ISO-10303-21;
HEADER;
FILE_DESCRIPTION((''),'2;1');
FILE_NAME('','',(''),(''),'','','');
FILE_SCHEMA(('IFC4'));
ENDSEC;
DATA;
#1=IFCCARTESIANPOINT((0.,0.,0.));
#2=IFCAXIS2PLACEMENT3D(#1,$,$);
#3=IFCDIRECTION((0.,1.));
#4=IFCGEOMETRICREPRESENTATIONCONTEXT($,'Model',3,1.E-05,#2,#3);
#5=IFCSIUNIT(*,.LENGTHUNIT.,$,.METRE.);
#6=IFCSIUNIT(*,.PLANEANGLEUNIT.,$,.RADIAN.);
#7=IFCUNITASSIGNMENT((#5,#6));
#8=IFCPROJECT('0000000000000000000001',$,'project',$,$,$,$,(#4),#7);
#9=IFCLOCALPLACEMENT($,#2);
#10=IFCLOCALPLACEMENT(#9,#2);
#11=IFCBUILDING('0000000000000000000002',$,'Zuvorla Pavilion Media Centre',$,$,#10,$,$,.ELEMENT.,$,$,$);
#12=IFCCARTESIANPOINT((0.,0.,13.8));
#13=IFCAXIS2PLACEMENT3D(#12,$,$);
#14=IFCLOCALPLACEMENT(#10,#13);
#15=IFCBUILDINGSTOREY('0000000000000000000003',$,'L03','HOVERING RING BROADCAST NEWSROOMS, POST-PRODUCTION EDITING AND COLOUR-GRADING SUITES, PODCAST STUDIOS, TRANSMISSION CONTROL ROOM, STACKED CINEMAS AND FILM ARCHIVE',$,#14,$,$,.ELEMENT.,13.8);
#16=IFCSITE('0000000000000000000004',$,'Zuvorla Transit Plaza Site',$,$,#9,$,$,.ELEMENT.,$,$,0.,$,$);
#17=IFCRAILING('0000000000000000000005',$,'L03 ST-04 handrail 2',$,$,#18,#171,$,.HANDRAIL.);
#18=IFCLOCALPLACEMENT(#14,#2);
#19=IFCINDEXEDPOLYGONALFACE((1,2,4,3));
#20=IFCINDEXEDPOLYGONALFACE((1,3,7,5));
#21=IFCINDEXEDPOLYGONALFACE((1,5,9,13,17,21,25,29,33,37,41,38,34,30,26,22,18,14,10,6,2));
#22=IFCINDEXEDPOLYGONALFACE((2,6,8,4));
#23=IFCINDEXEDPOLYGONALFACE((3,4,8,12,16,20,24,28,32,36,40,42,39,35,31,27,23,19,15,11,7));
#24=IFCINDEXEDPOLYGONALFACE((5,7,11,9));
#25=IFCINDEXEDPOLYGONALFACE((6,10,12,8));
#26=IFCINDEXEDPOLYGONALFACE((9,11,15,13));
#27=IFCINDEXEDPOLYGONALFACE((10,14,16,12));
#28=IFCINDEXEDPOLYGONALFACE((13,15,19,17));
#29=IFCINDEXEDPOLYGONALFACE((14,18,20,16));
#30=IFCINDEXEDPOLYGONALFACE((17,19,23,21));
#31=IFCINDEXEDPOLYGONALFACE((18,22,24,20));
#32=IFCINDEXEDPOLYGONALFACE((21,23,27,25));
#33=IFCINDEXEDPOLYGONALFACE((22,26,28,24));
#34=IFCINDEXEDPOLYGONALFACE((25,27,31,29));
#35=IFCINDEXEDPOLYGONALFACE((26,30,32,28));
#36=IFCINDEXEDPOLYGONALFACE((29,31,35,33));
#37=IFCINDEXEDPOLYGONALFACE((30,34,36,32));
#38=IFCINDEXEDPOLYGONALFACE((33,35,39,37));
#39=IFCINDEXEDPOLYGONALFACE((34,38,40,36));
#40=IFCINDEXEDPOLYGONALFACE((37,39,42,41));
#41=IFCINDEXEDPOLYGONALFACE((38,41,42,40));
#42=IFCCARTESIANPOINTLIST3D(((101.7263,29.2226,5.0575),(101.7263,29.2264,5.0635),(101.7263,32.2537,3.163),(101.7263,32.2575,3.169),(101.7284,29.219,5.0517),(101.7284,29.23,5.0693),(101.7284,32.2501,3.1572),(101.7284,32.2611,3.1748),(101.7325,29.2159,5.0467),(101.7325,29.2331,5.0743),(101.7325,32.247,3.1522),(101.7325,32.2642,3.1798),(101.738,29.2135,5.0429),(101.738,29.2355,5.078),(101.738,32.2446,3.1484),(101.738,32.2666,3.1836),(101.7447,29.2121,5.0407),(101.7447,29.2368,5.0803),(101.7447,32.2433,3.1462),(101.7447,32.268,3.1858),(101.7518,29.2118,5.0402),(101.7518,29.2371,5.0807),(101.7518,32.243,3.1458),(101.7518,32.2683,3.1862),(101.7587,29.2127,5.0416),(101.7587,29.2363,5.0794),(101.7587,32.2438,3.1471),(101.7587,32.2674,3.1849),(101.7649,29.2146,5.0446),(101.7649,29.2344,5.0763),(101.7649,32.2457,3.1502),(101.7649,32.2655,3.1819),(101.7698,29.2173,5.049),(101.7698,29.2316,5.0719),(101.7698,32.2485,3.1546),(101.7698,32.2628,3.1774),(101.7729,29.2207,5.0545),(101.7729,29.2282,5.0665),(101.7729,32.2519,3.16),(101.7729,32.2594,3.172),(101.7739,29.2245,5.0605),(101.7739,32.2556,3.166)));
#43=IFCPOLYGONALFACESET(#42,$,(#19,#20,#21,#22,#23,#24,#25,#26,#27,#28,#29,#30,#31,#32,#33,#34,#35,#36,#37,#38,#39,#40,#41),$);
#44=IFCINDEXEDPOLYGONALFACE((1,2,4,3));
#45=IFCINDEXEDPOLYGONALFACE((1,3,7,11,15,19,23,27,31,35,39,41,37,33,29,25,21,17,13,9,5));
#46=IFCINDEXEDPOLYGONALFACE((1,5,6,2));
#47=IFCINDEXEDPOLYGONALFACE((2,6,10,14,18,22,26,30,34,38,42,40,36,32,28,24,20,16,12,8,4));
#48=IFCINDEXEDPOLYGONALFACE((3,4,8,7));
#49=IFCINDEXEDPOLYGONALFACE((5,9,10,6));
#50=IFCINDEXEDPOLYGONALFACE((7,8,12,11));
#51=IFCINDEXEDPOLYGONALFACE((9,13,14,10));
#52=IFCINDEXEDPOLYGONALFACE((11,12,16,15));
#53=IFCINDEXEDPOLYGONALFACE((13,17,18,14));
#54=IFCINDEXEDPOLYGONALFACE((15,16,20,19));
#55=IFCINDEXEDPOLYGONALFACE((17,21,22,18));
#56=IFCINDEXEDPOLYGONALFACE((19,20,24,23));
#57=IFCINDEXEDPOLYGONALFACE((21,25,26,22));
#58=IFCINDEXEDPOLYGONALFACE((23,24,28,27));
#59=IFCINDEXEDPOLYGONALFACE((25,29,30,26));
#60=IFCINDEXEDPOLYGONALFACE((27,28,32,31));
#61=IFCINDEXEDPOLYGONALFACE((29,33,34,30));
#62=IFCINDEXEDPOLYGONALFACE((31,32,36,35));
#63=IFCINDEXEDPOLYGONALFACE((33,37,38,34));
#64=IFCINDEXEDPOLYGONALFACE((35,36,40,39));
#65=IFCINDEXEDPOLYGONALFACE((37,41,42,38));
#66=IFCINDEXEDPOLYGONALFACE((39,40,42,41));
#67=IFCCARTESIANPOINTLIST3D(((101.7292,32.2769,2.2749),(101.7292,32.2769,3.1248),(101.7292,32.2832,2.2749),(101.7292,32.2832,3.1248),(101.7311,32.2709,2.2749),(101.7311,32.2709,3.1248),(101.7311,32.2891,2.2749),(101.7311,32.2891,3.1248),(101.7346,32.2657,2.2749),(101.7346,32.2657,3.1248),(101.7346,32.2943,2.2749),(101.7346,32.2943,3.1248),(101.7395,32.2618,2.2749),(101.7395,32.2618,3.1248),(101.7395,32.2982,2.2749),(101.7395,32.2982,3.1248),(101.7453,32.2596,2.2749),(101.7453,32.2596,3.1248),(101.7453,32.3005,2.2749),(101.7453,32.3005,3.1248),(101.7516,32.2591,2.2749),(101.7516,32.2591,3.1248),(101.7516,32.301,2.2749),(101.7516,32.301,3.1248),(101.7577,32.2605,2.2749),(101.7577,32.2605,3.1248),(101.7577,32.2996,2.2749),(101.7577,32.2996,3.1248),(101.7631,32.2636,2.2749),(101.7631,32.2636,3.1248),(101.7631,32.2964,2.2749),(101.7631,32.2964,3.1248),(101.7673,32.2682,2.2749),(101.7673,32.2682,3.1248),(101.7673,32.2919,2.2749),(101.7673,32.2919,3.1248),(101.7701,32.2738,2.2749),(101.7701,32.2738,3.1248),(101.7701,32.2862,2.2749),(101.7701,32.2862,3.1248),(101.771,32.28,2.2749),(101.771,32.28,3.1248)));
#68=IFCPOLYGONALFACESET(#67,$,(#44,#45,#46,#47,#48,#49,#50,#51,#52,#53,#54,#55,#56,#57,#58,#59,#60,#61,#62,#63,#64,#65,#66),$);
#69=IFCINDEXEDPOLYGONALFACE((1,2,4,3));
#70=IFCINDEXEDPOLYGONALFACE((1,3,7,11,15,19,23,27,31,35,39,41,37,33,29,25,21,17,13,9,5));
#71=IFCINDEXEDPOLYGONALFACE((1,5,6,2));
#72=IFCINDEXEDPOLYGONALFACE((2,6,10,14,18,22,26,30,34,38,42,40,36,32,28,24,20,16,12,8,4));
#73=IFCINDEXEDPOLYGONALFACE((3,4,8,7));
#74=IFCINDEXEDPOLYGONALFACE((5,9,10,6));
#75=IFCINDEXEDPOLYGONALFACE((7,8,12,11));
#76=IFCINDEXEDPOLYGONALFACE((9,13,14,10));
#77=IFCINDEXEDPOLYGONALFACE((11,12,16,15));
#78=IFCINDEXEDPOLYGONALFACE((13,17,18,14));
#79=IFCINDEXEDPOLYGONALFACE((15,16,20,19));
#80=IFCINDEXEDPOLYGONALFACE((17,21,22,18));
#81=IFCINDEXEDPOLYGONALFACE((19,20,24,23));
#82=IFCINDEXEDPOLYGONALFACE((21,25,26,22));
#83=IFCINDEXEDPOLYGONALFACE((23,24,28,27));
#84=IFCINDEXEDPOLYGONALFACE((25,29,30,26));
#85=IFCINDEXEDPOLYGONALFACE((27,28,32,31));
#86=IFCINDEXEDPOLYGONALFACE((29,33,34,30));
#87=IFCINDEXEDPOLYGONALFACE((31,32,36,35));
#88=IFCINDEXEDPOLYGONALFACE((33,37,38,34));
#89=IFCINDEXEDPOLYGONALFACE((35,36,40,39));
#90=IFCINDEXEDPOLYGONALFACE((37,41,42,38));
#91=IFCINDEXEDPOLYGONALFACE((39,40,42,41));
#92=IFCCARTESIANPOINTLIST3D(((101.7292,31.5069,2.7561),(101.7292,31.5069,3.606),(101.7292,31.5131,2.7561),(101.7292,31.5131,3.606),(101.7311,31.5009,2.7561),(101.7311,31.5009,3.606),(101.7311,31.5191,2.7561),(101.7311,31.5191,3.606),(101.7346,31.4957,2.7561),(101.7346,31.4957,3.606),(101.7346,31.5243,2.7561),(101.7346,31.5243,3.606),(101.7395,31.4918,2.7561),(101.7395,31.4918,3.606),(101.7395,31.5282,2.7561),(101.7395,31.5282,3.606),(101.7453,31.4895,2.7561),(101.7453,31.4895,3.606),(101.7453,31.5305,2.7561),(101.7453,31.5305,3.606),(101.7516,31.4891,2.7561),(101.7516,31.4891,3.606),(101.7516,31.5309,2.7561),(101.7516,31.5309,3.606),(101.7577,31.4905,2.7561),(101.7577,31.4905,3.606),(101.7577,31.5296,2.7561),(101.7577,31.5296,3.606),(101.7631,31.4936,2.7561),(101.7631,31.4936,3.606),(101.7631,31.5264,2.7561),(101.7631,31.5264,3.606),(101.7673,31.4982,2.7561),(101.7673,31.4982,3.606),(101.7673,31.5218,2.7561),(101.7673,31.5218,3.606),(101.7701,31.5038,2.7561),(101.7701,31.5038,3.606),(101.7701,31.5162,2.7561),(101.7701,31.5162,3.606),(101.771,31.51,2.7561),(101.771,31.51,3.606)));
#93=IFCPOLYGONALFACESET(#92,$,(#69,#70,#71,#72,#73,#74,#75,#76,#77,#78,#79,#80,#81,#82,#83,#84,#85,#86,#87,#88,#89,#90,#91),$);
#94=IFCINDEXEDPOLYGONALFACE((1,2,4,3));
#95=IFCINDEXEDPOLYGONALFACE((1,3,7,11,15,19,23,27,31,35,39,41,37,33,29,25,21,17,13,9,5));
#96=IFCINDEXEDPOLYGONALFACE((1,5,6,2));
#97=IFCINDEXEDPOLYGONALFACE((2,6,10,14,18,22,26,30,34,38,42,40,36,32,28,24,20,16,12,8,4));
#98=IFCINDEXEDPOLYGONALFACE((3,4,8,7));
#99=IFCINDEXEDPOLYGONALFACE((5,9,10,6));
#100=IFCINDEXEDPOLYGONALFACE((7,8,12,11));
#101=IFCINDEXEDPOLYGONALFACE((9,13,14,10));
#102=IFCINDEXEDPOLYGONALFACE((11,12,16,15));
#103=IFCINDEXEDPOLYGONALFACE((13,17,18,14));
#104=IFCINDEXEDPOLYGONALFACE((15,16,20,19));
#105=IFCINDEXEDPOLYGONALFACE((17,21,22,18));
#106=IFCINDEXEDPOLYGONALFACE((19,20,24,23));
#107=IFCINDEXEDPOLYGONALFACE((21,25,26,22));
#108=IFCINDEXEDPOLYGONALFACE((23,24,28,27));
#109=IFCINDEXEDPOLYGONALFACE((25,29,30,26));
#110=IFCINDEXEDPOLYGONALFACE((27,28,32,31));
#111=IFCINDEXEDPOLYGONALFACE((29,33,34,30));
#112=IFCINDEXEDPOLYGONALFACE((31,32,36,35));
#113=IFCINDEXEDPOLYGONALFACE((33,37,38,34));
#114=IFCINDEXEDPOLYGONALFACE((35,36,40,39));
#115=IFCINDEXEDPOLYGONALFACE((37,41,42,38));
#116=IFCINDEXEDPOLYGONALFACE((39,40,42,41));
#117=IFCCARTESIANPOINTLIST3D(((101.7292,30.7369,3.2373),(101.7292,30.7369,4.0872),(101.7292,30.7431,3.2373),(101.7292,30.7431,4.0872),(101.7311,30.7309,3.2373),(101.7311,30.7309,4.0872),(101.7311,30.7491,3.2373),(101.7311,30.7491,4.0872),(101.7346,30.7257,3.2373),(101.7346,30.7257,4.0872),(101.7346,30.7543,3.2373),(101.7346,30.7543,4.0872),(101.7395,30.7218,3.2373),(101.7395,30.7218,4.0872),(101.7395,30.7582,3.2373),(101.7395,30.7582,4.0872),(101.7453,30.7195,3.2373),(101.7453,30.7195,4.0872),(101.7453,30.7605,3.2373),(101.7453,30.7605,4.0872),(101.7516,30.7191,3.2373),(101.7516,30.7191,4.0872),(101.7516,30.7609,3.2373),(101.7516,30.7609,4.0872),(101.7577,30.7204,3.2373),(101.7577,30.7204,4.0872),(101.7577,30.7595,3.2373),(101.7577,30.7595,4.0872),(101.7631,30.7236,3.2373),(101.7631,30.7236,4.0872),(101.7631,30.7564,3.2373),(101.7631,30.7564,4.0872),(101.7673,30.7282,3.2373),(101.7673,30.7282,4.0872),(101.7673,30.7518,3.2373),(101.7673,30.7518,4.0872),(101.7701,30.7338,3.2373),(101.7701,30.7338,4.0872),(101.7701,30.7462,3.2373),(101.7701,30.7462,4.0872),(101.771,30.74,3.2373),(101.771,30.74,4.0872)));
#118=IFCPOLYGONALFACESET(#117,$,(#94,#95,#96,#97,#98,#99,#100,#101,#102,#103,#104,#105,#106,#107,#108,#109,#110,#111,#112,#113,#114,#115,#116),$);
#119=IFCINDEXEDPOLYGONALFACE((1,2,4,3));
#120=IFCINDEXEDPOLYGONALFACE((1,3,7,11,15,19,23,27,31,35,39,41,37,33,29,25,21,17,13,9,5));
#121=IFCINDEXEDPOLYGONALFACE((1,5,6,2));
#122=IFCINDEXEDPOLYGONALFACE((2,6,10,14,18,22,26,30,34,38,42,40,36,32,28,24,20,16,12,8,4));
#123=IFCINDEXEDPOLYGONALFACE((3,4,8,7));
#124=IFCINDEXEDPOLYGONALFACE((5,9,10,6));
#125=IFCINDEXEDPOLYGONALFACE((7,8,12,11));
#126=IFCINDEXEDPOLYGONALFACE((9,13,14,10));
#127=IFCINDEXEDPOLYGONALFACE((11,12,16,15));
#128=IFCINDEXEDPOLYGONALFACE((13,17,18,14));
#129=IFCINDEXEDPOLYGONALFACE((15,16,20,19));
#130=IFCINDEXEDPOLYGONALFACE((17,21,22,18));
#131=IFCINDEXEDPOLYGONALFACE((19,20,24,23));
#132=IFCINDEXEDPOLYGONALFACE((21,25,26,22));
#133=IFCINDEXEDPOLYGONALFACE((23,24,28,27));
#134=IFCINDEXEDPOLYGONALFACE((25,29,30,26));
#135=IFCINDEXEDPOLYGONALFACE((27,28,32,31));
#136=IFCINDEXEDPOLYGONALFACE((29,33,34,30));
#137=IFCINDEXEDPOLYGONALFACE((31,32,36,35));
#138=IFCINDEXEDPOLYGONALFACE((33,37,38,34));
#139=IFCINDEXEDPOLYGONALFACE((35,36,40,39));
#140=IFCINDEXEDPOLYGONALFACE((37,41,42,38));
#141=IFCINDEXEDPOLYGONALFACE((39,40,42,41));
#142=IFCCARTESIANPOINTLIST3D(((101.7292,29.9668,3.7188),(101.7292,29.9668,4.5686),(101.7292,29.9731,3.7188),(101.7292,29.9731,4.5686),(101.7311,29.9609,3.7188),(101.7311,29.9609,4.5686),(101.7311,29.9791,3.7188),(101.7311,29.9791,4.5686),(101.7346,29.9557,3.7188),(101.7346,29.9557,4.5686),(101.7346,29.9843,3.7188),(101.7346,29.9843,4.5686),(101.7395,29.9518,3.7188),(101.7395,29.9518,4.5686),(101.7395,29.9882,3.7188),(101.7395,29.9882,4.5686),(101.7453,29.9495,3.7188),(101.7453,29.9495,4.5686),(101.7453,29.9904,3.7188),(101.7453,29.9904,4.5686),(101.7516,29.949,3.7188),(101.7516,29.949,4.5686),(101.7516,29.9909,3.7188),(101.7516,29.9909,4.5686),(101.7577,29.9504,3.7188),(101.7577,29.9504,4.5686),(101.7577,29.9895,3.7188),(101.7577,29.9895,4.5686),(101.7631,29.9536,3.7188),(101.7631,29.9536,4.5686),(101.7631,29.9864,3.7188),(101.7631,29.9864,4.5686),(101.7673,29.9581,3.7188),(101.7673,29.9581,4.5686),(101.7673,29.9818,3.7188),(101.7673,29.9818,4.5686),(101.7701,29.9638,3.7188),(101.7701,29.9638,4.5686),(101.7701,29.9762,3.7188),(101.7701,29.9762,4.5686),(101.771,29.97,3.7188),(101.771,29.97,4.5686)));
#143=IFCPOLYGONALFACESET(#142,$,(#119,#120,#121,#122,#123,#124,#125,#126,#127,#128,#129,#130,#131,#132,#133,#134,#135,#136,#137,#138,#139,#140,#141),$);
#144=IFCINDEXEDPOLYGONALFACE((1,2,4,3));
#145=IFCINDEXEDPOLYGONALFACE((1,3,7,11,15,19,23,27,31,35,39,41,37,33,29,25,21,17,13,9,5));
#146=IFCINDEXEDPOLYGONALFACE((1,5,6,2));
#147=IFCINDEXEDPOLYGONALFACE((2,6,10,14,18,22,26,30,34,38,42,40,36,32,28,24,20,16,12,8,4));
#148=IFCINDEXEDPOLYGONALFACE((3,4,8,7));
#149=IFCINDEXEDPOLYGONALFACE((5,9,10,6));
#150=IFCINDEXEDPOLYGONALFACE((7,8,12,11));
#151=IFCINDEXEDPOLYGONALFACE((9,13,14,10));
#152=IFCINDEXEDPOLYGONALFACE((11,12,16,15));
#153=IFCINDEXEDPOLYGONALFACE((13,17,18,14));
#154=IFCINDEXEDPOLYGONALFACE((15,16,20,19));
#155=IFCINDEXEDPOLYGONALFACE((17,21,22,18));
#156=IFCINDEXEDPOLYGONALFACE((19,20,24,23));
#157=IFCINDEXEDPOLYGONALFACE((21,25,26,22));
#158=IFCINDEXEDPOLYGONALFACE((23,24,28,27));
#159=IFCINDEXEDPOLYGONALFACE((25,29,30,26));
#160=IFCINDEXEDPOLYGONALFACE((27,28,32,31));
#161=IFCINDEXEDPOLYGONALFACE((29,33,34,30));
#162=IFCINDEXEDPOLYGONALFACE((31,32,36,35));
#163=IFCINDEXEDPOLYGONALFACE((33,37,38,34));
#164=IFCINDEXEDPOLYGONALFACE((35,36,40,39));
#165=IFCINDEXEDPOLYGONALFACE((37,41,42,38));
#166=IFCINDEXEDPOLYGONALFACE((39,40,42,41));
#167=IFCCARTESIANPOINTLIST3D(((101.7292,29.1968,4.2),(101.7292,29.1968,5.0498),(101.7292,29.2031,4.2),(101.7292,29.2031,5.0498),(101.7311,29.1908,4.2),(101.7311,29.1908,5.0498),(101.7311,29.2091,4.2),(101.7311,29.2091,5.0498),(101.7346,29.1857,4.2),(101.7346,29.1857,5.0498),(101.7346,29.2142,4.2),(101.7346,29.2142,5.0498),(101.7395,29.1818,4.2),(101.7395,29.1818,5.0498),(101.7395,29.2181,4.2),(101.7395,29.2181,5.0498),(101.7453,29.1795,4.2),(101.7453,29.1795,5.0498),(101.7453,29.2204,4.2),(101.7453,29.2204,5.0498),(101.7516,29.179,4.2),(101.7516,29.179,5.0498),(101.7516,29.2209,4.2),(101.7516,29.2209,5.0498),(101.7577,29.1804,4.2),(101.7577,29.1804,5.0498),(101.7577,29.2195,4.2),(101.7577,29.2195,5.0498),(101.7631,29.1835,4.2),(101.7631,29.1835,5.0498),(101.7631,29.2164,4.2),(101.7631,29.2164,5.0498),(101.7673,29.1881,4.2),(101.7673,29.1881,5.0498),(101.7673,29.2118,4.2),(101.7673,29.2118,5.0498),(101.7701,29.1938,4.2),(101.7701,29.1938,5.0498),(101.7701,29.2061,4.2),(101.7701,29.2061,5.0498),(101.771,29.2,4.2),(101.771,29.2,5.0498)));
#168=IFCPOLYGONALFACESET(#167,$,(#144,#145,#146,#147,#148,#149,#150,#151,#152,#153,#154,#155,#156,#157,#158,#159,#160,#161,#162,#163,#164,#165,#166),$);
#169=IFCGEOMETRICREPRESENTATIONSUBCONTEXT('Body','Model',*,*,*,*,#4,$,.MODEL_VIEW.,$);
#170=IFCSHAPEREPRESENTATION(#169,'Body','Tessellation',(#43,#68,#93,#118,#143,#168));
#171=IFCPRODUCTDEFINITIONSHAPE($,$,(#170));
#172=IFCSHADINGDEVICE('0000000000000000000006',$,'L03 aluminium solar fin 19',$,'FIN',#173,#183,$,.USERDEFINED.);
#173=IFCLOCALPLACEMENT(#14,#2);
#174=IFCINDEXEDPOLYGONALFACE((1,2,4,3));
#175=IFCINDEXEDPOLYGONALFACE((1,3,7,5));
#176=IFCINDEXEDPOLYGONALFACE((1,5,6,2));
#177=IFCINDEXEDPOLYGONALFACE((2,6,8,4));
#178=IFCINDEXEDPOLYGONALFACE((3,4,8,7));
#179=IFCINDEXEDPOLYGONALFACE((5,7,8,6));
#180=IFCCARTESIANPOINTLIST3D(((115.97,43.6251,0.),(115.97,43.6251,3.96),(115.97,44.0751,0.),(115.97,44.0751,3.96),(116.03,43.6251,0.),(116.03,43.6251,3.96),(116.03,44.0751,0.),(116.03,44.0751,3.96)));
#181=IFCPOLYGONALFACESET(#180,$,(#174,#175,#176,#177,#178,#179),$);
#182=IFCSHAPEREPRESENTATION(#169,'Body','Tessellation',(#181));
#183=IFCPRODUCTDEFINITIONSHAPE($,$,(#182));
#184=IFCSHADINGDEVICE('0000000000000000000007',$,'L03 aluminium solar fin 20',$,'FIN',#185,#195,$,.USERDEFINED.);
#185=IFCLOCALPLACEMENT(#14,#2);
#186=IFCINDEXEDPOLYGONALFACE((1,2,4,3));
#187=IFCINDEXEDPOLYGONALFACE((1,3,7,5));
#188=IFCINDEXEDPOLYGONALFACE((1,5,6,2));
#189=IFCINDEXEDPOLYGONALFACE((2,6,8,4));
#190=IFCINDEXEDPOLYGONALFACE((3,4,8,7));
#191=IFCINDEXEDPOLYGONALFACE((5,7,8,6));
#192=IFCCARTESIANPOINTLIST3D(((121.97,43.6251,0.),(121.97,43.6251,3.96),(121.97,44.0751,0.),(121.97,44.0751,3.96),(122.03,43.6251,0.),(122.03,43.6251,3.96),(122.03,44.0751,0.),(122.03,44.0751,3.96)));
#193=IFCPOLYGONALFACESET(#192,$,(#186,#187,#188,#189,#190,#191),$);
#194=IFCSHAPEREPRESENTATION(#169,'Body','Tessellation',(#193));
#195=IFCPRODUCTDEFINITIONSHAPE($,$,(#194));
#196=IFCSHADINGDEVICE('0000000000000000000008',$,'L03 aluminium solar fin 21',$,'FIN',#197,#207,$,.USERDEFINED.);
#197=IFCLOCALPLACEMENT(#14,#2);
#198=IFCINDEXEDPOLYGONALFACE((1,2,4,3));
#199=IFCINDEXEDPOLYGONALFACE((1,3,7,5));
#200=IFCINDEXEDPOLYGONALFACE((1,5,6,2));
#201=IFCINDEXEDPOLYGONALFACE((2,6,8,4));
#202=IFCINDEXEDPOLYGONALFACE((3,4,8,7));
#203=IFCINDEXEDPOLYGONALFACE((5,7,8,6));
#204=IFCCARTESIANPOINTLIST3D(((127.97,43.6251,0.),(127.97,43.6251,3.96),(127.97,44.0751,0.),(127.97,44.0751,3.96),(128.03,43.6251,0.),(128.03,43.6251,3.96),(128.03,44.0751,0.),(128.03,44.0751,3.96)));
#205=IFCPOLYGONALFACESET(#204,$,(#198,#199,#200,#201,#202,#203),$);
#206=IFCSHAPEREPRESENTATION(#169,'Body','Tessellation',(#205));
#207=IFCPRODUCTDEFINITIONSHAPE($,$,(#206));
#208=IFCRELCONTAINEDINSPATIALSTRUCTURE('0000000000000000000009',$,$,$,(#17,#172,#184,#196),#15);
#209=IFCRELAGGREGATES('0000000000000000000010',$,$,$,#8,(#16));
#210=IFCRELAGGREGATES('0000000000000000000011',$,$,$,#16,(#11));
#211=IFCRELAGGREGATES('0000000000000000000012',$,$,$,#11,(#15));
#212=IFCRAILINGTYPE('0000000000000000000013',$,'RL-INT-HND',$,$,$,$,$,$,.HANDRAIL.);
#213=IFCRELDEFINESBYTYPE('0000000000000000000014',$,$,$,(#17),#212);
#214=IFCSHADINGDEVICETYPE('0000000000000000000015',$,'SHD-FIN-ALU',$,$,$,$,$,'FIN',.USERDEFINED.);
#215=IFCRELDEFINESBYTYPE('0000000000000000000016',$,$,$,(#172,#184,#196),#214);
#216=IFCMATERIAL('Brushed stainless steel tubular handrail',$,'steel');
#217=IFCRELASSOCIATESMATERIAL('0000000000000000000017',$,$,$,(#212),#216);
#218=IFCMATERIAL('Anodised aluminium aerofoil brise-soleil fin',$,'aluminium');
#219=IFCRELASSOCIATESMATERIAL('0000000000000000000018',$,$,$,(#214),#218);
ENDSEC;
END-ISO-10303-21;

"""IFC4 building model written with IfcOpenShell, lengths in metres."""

from ifc_helpers import new_model, si_unit, direction, frame, origin, origin_2d, place, context, subcontext, project, spatial, rectangle, circle, extrude, material, type_object, element, save


model = new_model("IFC4")

# Units and contexts
model_context = context("Model", 3, precision=1e-05, world=origin(), true_north=direction((0.0, 1.0)))
body_context = subcontext(model_context, "Body", "Model", "MODEL_VIEW")
ifc_project = project(units=[si_unit("LENGTHUNIT", "METRE"), si_unit("PLANEANGLEUNIT", "RADIAN")], contexts=[model_context])

# Site, building, storey
site_placement = place(None, origin())
site = spatial("IfcSite", under=ifc_project, at=site_placement, Name="Zuvorla Transit Plaza Site", CompositionType="ELEMENT", RefElevation=0.0)
building_placement = place(site_placement, origin())
building = spatial("IfcBuilding", under=site, at=building_placement, Name="Zuvorla Pavilion Media Centre", CompositionType="ELEMENT")
storey_placement = place(building_placement, frame((0.0, 0.0, 13.8)))
storey = spatial("IfcBuildingStorey", under=building, at=storey_placement, Name="L03", Description="HOVERING RING BROADCAST NEWSROOMS, POST-PRODUCTION EDITING AND COLOUR-GRADING SUITES, PODCAST STUDIOS, TRANSMISSION CONTROL ROOM, STACKED CINEMAS AND FILM ARCHIVE", CompositionType="ELEMENT", Elevation=13.8)

# Railing
ifc_material_1 = material(Name="Brushed stainless steel tubular handrail", Category="steel")
railing_type_1 = type_object("IfcRailingType", Name="RL-INT-HND", PredefinedType="HANDRAIL", material=ifc_material_1)
railing_1_placement = place(storey_placement, frame((101.75, 32.28, 2.2749)))
element("IfcRailing", 1, at=railing_1_placement, inside=storey, type_object=railing_type_1, Name="L03 ST-04 handrail 2", PredefinedType="HANDRAIL", context=body_context, shape_type="SweptSolid", body=[
    extrude(circle(Radius=0.0239, at=origin_2d()), frame((0.0, -0.0244, 0.8911), z_axis=(0.0, -0.847998, 0.529999), x_axis=(1.0, 0.0, 0.0)), (0.0, 0.0, 1.0), 3.5745),
    extrude(circle(Radius=0.021, at=origin_2d()), origin(), (0.0, 0.0, 1.0), 0.8499),
    extrude(circle(Radius=0.021, at=origin_2d()), frame((0.0, -0.77, 0.4812)), (0.0, 0.0, 1.0), 0.8499),
    extrude(circle(Radius=0.021, at=origin_2d()), frame((0.0, -1.54, 0.9624)), (0.0, 0.0, 1.0), 0.8499),
    extrude(circle(Radius=0.021, at=origin_2d()), frame((0.0, -2.3101, 1.4438)), (0.0, 0.0, 1.0), 0.8499),
    extrude(circle(Radius=0.021, at=origin_2d()), frame((0.0, -3.0801, 1.925)), (0.0, 0.0, 1.0), 0.8499),
])

# Shading devices
ifc_material_2 = material(Name="Anodised aluminium aerofoil brise-soleil fin", Category="aluminium")
shading_device_type = type_object("IfcShadingDeviceType", Name="SHD-FIN-ALU", ElementType="FIN", PredefinedType="USERDEFINED", material=ifc_material_2)
for number, where, z_axis, x_axis, name in (
    (2, (116.0, 43.8501, 0.0), (0.0, 0.0, 1.0), (1.0, 0.0, 0.0), "L03 aluminium solar fin 19"),
    (3, (122.0, 43.8501, 0.0), (0.0, 0.0, 1.0), (1.0, 0.0, 0.0), "L03 aluminium solar fin 20"),
    (4, (128.0, 43.8501, 0.0), (0.0, 0.0, 1.0), (1.0, 0.0, 0.0), "L03 aluminium solar fin 21"),
):
    element("IfcShadingDevice", number, at=place(storey_placement, frame(where, z_axis=z_axis, x_axis=x_axis)), inside=storey, type_object=shading_device_type, Name=name, ObjectType="FIN", PredefinedType="USERDEFINED", context=body_context, shape_type="SweptSolid", body=[
        extrude(rectangle(XDim=0.0601, YDim=0.45, at=origin_2d()), origin(), (0.0, 0.0, 1.0), 3.96),
    ])

save(model, "model.ifc")
